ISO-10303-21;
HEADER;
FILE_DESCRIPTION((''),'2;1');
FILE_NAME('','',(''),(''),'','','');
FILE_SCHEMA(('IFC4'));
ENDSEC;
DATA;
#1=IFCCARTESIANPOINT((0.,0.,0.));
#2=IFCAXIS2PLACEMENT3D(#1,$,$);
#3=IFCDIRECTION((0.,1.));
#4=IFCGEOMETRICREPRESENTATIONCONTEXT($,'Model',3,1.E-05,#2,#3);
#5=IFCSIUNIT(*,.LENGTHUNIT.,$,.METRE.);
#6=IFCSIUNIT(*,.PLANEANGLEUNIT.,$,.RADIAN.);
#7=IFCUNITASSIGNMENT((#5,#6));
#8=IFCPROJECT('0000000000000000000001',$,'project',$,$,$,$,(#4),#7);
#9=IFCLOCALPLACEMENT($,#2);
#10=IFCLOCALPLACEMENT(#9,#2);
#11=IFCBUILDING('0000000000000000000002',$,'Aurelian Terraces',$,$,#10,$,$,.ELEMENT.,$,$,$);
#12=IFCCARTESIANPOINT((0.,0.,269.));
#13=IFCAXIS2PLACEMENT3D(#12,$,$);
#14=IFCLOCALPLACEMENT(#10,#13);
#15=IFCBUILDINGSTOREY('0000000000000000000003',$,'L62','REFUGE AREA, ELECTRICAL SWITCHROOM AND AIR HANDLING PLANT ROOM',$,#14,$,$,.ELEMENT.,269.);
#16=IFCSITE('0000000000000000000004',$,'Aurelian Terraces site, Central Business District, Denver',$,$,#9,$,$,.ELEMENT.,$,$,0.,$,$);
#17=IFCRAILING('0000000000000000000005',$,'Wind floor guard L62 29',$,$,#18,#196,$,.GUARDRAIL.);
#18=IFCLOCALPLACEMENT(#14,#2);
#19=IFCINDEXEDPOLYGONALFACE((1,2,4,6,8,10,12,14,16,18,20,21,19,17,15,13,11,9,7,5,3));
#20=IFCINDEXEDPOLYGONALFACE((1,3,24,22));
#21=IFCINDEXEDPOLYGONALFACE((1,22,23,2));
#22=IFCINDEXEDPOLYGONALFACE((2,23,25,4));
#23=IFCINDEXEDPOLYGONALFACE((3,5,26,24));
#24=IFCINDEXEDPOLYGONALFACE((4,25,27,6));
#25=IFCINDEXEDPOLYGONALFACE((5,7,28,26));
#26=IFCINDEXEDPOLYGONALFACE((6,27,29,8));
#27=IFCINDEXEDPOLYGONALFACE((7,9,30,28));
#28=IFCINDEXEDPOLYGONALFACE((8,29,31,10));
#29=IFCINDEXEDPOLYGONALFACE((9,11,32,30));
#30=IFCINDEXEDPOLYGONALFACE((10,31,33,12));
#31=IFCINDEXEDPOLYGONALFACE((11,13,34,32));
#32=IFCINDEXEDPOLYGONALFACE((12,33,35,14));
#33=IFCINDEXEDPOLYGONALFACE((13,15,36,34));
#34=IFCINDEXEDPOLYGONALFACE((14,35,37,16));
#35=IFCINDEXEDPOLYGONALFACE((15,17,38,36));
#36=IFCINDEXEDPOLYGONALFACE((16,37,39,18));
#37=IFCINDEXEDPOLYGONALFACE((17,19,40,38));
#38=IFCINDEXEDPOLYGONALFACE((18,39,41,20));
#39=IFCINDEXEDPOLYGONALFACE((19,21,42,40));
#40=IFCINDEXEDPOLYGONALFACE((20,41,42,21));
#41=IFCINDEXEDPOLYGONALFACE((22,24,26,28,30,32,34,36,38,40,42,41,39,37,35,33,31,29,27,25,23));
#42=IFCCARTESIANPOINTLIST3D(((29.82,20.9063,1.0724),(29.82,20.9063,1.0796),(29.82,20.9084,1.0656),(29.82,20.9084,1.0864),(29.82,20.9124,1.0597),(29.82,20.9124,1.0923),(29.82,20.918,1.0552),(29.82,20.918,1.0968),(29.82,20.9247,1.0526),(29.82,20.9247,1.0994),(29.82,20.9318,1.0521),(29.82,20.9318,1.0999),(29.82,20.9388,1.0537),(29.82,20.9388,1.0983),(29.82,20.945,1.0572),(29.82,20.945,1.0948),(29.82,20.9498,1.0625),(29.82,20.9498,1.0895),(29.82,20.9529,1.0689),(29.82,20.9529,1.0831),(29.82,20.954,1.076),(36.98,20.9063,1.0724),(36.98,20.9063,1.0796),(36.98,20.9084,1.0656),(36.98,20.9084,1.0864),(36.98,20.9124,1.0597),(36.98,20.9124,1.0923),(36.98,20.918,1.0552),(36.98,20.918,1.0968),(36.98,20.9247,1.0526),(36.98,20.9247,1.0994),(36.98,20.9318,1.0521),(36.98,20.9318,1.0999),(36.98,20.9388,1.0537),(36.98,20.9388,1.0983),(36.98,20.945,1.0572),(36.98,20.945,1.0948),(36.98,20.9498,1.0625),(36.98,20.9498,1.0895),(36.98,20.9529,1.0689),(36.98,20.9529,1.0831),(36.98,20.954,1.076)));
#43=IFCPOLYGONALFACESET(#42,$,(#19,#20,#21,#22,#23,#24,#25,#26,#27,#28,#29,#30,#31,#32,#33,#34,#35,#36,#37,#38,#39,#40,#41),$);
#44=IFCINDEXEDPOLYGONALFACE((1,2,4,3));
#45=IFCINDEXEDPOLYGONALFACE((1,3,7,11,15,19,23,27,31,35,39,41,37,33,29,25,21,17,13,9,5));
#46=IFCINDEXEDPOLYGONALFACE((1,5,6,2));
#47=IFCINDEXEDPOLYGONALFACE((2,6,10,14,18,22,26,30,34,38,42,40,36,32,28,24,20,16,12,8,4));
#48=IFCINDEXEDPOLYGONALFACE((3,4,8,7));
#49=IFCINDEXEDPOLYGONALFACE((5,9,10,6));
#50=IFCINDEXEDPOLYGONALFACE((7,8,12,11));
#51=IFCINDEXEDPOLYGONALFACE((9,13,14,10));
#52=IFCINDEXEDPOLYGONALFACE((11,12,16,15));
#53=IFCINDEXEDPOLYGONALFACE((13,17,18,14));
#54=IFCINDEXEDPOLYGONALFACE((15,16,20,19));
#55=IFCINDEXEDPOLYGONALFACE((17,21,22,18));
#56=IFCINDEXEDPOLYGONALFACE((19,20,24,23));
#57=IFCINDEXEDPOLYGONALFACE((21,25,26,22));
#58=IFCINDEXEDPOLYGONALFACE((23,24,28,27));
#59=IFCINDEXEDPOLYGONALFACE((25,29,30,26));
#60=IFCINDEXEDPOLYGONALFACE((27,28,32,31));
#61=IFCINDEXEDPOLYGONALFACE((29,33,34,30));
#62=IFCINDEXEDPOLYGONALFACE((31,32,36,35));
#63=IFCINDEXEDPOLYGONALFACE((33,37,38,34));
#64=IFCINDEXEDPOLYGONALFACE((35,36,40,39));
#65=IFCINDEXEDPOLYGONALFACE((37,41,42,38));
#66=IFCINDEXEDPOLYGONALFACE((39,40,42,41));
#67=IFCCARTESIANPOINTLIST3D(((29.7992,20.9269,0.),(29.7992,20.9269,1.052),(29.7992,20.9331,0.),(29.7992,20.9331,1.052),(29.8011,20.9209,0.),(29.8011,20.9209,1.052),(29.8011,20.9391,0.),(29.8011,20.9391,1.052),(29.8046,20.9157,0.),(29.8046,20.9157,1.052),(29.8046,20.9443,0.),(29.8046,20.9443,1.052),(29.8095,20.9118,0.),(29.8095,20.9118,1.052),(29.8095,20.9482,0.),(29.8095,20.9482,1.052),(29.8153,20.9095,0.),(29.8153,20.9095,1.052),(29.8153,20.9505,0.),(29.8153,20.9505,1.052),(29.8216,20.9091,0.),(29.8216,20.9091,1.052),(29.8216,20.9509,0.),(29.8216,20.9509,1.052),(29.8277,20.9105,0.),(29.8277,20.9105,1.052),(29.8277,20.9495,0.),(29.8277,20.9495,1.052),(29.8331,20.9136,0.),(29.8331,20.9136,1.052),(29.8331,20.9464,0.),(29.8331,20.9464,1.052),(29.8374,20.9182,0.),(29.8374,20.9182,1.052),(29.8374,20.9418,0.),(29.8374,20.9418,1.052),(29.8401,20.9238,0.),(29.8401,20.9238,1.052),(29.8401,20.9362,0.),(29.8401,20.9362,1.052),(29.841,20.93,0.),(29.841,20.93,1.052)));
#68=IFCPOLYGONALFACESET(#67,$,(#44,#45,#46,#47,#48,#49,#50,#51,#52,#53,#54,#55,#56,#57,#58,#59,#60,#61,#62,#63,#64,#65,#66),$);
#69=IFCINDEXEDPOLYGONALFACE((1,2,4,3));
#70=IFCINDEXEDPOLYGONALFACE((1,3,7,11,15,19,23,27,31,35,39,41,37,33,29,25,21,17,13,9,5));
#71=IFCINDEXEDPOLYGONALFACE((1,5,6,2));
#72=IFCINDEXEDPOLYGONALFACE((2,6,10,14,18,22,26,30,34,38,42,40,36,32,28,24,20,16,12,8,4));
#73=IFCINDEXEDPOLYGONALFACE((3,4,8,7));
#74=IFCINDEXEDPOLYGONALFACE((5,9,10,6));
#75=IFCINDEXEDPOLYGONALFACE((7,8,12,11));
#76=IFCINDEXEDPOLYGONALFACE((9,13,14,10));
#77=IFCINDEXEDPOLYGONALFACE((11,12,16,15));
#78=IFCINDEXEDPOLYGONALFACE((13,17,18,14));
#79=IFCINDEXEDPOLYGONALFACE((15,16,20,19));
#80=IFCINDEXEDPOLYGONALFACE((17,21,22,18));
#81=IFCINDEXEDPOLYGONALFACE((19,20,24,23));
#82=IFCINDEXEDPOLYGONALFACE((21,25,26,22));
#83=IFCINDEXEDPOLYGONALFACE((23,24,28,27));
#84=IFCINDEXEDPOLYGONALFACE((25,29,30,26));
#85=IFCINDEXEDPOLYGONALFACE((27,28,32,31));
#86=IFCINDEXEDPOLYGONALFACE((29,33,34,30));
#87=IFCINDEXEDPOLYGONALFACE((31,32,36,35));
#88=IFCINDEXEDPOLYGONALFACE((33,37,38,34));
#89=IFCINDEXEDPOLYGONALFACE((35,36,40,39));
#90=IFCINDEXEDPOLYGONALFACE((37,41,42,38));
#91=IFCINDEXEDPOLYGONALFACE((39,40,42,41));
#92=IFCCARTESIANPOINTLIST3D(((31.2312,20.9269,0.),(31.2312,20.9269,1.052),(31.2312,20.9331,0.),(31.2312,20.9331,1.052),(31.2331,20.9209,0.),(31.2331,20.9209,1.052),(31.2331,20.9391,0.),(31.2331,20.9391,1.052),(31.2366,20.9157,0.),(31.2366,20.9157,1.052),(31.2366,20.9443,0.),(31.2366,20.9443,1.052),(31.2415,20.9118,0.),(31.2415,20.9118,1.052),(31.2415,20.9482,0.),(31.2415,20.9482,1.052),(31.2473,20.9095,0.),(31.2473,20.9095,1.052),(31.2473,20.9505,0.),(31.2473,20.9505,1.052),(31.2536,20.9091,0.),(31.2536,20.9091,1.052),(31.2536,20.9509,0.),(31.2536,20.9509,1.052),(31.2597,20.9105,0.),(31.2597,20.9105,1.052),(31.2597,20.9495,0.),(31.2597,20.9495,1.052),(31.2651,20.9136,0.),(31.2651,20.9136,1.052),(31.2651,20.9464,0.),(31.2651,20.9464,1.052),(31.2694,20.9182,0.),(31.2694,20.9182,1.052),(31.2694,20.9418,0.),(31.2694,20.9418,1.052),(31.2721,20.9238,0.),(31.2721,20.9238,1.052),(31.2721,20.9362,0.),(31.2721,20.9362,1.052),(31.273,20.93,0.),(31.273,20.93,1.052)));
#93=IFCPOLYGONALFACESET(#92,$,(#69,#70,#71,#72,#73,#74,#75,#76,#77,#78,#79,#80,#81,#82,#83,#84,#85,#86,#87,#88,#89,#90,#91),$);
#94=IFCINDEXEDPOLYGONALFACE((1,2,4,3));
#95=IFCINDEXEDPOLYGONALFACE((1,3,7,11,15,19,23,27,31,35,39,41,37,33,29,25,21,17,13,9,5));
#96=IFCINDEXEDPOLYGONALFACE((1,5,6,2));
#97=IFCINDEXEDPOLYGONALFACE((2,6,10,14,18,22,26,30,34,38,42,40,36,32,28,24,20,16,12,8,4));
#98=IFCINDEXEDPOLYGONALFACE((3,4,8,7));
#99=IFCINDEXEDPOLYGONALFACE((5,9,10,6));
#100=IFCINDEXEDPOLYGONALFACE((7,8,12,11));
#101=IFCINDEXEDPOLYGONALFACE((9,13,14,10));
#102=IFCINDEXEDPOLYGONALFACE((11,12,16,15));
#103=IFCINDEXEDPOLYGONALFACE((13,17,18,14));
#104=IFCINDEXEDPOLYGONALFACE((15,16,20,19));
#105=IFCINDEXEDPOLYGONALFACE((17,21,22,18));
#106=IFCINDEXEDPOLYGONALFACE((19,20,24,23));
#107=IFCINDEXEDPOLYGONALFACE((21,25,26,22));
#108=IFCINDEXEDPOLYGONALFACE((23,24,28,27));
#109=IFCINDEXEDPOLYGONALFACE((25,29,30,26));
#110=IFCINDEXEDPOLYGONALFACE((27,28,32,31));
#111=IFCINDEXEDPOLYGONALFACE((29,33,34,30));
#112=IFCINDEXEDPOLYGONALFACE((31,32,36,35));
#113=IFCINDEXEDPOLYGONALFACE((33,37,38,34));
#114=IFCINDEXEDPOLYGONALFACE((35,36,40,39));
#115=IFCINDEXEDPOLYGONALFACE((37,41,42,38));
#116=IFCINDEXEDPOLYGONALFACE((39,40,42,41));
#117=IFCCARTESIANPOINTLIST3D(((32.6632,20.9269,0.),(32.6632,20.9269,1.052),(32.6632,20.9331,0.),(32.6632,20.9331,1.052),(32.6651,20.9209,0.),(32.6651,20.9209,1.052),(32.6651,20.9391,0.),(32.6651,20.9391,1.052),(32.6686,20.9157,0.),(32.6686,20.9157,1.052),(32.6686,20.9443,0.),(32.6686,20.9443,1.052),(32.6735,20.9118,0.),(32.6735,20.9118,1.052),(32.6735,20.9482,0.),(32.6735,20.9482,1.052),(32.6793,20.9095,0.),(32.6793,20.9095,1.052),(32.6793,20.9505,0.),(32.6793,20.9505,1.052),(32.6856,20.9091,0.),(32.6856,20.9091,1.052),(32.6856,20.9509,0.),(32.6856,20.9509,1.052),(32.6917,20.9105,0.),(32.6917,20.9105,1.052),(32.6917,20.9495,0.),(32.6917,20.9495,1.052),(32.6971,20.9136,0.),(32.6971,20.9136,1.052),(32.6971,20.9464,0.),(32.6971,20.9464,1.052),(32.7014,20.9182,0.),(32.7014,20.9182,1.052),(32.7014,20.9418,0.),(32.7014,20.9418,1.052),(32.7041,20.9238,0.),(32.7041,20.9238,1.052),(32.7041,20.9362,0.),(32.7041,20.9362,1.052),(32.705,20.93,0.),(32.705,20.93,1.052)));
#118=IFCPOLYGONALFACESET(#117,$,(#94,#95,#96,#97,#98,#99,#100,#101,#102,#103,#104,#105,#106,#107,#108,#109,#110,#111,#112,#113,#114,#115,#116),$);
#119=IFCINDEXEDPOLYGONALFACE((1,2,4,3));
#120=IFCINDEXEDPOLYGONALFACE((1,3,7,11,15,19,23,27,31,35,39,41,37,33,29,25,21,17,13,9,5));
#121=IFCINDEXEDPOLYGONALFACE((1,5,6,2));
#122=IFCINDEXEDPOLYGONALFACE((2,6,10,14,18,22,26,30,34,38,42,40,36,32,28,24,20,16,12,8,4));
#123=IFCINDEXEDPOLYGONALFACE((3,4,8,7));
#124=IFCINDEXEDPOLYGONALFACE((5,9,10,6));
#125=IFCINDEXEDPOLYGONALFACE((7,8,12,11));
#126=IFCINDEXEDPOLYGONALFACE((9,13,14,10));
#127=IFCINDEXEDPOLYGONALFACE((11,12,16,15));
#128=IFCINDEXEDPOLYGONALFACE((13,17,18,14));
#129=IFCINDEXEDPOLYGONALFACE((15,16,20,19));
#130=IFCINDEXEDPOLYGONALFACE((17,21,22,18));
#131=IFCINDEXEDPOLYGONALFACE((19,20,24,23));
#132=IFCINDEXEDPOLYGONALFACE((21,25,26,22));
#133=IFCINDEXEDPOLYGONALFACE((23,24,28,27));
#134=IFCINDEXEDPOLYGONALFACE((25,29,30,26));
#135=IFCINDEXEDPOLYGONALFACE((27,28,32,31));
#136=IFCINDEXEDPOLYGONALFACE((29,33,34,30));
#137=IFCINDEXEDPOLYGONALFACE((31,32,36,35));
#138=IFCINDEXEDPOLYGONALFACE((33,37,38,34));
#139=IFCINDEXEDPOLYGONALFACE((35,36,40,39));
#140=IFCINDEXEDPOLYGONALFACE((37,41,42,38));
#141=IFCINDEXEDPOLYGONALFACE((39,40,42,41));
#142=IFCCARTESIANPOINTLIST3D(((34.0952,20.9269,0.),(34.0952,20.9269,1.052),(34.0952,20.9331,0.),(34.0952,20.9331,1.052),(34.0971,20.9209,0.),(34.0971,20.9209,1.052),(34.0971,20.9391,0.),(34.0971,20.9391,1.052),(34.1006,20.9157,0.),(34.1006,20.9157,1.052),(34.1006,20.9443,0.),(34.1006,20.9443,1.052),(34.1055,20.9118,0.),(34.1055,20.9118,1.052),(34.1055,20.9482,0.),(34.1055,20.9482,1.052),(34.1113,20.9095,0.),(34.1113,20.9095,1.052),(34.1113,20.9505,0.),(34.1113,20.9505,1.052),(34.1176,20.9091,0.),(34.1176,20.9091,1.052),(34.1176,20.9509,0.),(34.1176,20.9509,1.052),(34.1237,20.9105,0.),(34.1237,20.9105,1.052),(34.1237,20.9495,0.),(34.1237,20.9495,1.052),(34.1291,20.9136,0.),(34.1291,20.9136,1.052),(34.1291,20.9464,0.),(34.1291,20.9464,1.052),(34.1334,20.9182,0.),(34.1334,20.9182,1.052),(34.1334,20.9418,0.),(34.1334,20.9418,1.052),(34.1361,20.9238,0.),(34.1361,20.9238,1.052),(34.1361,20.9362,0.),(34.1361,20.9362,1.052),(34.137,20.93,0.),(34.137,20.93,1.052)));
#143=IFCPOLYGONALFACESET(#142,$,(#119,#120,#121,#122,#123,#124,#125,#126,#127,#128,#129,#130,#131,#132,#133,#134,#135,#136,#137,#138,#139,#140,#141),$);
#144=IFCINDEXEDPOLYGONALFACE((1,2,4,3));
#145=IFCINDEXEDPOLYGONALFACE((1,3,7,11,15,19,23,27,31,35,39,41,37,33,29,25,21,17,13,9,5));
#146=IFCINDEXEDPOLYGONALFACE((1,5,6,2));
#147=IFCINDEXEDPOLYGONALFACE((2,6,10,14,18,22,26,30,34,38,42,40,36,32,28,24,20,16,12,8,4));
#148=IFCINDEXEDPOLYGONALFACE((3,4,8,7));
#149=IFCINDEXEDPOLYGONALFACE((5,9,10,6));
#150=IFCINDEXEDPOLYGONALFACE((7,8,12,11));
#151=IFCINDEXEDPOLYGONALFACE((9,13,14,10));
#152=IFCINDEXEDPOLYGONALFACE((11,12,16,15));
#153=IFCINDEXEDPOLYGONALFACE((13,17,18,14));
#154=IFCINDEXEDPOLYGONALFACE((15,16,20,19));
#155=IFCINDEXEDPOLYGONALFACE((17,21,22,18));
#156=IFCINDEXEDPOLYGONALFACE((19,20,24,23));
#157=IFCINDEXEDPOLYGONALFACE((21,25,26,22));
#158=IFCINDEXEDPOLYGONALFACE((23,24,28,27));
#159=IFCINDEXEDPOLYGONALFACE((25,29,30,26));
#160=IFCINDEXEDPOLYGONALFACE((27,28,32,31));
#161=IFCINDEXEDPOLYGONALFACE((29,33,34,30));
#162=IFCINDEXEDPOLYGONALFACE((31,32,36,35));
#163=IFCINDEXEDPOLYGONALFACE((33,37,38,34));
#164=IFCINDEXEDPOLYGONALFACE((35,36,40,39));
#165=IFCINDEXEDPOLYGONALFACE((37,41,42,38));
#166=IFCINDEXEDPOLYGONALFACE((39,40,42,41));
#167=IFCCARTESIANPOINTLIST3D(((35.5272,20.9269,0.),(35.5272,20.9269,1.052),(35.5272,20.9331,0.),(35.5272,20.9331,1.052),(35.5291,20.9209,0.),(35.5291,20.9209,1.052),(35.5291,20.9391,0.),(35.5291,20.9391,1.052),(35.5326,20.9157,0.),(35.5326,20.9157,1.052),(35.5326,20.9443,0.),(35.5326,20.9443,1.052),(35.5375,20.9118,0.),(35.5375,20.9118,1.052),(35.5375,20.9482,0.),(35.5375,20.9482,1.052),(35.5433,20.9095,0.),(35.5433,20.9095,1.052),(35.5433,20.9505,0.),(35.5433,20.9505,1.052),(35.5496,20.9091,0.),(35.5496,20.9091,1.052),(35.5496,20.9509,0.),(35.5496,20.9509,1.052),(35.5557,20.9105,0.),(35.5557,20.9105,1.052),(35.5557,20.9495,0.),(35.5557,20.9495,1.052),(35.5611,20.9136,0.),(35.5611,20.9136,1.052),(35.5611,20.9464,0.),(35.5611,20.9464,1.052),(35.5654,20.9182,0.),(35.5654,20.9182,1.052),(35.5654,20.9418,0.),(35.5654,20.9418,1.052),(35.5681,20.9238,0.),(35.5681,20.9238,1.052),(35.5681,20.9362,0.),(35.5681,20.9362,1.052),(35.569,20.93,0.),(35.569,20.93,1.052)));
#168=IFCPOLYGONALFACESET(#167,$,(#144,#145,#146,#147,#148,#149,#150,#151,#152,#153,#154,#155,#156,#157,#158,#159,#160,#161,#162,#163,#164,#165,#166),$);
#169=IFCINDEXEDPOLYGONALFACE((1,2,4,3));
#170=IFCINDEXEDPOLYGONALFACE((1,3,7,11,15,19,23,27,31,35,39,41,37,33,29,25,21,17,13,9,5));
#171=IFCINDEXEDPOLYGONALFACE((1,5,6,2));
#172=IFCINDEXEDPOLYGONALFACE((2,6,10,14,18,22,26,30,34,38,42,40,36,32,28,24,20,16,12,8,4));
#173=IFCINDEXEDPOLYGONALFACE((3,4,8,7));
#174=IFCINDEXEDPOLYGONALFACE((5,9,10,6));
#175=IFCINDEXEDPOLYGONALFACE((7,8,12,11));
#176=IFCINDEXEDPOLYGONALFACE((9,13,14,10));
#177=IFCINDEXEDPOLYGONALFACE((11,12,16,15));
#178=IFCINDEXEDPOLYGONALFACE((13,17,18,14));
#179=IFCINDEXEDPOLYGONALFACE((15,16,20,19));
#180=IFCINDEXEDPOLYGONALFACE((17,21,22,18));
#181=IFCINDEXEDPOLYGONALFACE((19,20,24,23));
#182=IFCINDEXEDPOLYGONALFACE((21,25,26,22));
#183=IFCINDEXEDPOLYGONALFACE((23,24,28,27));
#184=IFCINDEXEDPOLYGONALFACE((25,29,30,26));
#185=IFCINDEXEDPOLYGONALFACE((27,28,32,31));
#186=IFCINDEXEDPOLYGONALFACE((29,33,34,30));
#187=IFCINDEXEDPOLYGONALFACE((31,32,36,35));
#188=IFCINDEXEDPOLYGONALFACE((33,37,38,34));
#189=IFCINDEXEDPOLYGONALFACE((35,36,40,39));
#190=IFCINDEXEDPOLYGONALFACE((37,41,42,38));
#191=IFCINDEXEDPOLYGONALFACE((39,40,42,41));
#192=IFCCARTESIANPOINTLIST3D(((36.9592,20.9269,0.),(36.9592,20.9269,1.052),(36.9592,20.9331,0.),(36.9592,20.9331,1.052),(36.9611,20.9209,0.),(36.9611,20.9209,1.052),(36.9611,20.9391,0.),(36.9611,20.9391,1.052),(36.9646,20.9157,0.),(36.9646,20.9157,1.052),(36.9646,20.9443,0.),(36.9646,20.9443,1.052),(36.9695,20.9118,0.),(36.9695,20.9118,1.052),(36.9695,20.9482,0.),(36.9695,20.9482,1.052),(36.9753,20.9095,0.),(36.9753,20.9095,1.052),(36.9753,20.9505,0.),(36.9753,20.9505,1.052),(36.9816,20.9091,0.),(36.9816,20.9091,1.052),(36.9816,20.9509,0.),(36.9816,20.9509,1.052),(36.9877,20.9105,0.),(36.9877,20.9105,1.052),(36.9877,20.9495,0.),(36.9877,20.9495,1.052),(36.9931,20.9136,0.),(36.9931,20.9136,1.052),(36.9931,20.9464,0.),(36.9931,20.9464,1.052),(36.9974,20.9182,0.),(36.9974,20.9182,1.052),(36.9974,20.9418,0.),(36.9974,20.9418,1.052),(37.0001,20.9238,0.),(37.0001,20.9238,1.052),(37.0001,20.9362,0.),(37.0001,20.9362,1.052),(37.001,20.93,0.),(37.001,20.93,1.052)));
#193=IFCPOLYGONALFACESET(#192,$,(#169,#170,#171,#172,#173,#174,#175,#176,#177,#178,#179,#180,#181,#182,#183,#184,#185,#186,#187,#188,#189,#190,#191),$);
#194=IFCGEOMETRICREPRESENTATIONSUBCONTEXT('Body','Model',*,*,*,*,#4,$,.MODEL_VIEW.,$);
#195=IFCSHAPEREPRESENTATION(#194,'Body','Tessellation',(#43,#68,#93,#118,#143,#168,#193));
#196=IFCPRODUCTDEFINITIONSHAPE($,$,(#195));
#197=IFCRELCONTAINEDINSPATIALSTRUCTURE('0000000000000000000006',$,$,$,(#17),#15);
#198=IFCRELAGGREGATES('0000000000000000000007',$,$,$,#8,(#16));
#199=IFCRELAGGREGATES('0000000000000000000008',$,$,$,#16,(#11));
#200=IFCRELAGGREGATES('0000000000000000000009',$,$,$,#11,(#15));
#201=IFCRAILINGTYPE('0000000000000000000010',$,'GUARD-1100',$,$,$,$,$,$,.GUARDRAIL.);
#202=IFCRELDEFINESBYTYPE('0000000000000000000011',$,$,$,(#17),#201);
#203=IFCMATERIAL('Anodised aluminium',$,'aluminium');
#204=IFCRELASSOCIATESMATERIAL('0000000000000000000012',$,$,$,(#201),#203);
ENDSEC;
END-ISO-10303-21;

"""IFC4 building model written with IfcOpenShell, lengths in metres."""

from ifc_helpers import new_model, si_unit, direction, frame, origin, origin_2d, place, context, subcontext, project, spatial, circle, extrude, material, type_object, element, save


model = new_model("IFC4")

# Units and contexts
model_context = context("Model", 3, precision=1e-05, world=origin(), true_north=direction((0.0, 1.0)))
body_context = subcontext(model_context, "Body", "Model", "MODEL_VIEW")
ifc_project = project(units=[si_unit("LENGTHUNIT", "METRE"), si_unit("PLANEANGLEUNIT", "RADIAN")], contexts=[model_context])

# Site, building, storey
site_placement = place(None, origin())
site = spatial("IfcSite", under=ifc_project, at=site_placement, Name="Aurelian Terraces site, Central Business District, Denver", CompositionType="ELEMENT", RefElevation=0.0)
building_placement = place(site_placement, origin())
building = spatial("IfcBuilding", under=site, at=building_placement, Name="Aurelian Terraces", CompositionType="ELEMENT")
storey_placement = place(building_placement, frame((0.0, 0.0, 269.0)))
storey = spatial("IfcBuildingStorey", under=building, at=storey_placement, Name="L62", Description="REFUGE AREA, ELECTRICAL SWITCHROOM AND AIR HANDLING PLANT ROOM", CompositionType="ELEMENT", Elevation=269.0)

# Railing
ifc_material_1 = material(Name="Anodised aluminium", Category="aluminium")
railing_type = type_object("IfcRailingType", Name="GUARD-1100", PredefinedType="GUARDRAIL", material=ifc_material_1)
railing_1_placement = place(storey_placement, frame((29.82, 20.93, 0.0)))
element("IfcRailing", 1, at=railing_1_placement, inside=storey, type_object=railing_type, Name="Wind floor guard L62 29", PredefinedType="GUARDRAIL", context=body_context, shape_type="SweptSolid", body=[
    extrude(circle(Radius=0.024, at=origin_2d()), frame((0.0, 0.0, 1.076), z_axis=(1.0, 0.0, 0.0), x_axis=(0.0, 1.0, 0.0)), (0.0, 0.0, 1.0), 7.16),
    extrude(circle(Radius=0.021, at=origin_2d()), origin(), (0.0, 0.0, 1.0), 1.052),
    extrude(circle(Radius=0.021, at=origin_2d()), frame((1.432, 0.0, 0.0)), (0.0, 0.0, 1.0), 1.052),
    extrude(circle(Radius=0.021, at=origin_2d()), frame((2.864, 0.0, 0.0)), (0.0, 0.0, 1.0), 1.052),
    extrude(circle(Radius=0.021, at=origin_2d()), frame((4.296, 0.0, 0.0)), (0.0, 0.0, 1.0), 1.052),
    extrude(circle(Radius=0.021, at=origin_2d()), frame((5.728, 0.0, 0.0)), (0.0, 0.0, 1.0), 1.052),
    extrude(circle(Radius=0.021, at=origin_2d()), frame((7.16, 0.0, 0.0)), (0.0, 0.0, 1.0), 1.052),
])

save(model, "model.ifc")
